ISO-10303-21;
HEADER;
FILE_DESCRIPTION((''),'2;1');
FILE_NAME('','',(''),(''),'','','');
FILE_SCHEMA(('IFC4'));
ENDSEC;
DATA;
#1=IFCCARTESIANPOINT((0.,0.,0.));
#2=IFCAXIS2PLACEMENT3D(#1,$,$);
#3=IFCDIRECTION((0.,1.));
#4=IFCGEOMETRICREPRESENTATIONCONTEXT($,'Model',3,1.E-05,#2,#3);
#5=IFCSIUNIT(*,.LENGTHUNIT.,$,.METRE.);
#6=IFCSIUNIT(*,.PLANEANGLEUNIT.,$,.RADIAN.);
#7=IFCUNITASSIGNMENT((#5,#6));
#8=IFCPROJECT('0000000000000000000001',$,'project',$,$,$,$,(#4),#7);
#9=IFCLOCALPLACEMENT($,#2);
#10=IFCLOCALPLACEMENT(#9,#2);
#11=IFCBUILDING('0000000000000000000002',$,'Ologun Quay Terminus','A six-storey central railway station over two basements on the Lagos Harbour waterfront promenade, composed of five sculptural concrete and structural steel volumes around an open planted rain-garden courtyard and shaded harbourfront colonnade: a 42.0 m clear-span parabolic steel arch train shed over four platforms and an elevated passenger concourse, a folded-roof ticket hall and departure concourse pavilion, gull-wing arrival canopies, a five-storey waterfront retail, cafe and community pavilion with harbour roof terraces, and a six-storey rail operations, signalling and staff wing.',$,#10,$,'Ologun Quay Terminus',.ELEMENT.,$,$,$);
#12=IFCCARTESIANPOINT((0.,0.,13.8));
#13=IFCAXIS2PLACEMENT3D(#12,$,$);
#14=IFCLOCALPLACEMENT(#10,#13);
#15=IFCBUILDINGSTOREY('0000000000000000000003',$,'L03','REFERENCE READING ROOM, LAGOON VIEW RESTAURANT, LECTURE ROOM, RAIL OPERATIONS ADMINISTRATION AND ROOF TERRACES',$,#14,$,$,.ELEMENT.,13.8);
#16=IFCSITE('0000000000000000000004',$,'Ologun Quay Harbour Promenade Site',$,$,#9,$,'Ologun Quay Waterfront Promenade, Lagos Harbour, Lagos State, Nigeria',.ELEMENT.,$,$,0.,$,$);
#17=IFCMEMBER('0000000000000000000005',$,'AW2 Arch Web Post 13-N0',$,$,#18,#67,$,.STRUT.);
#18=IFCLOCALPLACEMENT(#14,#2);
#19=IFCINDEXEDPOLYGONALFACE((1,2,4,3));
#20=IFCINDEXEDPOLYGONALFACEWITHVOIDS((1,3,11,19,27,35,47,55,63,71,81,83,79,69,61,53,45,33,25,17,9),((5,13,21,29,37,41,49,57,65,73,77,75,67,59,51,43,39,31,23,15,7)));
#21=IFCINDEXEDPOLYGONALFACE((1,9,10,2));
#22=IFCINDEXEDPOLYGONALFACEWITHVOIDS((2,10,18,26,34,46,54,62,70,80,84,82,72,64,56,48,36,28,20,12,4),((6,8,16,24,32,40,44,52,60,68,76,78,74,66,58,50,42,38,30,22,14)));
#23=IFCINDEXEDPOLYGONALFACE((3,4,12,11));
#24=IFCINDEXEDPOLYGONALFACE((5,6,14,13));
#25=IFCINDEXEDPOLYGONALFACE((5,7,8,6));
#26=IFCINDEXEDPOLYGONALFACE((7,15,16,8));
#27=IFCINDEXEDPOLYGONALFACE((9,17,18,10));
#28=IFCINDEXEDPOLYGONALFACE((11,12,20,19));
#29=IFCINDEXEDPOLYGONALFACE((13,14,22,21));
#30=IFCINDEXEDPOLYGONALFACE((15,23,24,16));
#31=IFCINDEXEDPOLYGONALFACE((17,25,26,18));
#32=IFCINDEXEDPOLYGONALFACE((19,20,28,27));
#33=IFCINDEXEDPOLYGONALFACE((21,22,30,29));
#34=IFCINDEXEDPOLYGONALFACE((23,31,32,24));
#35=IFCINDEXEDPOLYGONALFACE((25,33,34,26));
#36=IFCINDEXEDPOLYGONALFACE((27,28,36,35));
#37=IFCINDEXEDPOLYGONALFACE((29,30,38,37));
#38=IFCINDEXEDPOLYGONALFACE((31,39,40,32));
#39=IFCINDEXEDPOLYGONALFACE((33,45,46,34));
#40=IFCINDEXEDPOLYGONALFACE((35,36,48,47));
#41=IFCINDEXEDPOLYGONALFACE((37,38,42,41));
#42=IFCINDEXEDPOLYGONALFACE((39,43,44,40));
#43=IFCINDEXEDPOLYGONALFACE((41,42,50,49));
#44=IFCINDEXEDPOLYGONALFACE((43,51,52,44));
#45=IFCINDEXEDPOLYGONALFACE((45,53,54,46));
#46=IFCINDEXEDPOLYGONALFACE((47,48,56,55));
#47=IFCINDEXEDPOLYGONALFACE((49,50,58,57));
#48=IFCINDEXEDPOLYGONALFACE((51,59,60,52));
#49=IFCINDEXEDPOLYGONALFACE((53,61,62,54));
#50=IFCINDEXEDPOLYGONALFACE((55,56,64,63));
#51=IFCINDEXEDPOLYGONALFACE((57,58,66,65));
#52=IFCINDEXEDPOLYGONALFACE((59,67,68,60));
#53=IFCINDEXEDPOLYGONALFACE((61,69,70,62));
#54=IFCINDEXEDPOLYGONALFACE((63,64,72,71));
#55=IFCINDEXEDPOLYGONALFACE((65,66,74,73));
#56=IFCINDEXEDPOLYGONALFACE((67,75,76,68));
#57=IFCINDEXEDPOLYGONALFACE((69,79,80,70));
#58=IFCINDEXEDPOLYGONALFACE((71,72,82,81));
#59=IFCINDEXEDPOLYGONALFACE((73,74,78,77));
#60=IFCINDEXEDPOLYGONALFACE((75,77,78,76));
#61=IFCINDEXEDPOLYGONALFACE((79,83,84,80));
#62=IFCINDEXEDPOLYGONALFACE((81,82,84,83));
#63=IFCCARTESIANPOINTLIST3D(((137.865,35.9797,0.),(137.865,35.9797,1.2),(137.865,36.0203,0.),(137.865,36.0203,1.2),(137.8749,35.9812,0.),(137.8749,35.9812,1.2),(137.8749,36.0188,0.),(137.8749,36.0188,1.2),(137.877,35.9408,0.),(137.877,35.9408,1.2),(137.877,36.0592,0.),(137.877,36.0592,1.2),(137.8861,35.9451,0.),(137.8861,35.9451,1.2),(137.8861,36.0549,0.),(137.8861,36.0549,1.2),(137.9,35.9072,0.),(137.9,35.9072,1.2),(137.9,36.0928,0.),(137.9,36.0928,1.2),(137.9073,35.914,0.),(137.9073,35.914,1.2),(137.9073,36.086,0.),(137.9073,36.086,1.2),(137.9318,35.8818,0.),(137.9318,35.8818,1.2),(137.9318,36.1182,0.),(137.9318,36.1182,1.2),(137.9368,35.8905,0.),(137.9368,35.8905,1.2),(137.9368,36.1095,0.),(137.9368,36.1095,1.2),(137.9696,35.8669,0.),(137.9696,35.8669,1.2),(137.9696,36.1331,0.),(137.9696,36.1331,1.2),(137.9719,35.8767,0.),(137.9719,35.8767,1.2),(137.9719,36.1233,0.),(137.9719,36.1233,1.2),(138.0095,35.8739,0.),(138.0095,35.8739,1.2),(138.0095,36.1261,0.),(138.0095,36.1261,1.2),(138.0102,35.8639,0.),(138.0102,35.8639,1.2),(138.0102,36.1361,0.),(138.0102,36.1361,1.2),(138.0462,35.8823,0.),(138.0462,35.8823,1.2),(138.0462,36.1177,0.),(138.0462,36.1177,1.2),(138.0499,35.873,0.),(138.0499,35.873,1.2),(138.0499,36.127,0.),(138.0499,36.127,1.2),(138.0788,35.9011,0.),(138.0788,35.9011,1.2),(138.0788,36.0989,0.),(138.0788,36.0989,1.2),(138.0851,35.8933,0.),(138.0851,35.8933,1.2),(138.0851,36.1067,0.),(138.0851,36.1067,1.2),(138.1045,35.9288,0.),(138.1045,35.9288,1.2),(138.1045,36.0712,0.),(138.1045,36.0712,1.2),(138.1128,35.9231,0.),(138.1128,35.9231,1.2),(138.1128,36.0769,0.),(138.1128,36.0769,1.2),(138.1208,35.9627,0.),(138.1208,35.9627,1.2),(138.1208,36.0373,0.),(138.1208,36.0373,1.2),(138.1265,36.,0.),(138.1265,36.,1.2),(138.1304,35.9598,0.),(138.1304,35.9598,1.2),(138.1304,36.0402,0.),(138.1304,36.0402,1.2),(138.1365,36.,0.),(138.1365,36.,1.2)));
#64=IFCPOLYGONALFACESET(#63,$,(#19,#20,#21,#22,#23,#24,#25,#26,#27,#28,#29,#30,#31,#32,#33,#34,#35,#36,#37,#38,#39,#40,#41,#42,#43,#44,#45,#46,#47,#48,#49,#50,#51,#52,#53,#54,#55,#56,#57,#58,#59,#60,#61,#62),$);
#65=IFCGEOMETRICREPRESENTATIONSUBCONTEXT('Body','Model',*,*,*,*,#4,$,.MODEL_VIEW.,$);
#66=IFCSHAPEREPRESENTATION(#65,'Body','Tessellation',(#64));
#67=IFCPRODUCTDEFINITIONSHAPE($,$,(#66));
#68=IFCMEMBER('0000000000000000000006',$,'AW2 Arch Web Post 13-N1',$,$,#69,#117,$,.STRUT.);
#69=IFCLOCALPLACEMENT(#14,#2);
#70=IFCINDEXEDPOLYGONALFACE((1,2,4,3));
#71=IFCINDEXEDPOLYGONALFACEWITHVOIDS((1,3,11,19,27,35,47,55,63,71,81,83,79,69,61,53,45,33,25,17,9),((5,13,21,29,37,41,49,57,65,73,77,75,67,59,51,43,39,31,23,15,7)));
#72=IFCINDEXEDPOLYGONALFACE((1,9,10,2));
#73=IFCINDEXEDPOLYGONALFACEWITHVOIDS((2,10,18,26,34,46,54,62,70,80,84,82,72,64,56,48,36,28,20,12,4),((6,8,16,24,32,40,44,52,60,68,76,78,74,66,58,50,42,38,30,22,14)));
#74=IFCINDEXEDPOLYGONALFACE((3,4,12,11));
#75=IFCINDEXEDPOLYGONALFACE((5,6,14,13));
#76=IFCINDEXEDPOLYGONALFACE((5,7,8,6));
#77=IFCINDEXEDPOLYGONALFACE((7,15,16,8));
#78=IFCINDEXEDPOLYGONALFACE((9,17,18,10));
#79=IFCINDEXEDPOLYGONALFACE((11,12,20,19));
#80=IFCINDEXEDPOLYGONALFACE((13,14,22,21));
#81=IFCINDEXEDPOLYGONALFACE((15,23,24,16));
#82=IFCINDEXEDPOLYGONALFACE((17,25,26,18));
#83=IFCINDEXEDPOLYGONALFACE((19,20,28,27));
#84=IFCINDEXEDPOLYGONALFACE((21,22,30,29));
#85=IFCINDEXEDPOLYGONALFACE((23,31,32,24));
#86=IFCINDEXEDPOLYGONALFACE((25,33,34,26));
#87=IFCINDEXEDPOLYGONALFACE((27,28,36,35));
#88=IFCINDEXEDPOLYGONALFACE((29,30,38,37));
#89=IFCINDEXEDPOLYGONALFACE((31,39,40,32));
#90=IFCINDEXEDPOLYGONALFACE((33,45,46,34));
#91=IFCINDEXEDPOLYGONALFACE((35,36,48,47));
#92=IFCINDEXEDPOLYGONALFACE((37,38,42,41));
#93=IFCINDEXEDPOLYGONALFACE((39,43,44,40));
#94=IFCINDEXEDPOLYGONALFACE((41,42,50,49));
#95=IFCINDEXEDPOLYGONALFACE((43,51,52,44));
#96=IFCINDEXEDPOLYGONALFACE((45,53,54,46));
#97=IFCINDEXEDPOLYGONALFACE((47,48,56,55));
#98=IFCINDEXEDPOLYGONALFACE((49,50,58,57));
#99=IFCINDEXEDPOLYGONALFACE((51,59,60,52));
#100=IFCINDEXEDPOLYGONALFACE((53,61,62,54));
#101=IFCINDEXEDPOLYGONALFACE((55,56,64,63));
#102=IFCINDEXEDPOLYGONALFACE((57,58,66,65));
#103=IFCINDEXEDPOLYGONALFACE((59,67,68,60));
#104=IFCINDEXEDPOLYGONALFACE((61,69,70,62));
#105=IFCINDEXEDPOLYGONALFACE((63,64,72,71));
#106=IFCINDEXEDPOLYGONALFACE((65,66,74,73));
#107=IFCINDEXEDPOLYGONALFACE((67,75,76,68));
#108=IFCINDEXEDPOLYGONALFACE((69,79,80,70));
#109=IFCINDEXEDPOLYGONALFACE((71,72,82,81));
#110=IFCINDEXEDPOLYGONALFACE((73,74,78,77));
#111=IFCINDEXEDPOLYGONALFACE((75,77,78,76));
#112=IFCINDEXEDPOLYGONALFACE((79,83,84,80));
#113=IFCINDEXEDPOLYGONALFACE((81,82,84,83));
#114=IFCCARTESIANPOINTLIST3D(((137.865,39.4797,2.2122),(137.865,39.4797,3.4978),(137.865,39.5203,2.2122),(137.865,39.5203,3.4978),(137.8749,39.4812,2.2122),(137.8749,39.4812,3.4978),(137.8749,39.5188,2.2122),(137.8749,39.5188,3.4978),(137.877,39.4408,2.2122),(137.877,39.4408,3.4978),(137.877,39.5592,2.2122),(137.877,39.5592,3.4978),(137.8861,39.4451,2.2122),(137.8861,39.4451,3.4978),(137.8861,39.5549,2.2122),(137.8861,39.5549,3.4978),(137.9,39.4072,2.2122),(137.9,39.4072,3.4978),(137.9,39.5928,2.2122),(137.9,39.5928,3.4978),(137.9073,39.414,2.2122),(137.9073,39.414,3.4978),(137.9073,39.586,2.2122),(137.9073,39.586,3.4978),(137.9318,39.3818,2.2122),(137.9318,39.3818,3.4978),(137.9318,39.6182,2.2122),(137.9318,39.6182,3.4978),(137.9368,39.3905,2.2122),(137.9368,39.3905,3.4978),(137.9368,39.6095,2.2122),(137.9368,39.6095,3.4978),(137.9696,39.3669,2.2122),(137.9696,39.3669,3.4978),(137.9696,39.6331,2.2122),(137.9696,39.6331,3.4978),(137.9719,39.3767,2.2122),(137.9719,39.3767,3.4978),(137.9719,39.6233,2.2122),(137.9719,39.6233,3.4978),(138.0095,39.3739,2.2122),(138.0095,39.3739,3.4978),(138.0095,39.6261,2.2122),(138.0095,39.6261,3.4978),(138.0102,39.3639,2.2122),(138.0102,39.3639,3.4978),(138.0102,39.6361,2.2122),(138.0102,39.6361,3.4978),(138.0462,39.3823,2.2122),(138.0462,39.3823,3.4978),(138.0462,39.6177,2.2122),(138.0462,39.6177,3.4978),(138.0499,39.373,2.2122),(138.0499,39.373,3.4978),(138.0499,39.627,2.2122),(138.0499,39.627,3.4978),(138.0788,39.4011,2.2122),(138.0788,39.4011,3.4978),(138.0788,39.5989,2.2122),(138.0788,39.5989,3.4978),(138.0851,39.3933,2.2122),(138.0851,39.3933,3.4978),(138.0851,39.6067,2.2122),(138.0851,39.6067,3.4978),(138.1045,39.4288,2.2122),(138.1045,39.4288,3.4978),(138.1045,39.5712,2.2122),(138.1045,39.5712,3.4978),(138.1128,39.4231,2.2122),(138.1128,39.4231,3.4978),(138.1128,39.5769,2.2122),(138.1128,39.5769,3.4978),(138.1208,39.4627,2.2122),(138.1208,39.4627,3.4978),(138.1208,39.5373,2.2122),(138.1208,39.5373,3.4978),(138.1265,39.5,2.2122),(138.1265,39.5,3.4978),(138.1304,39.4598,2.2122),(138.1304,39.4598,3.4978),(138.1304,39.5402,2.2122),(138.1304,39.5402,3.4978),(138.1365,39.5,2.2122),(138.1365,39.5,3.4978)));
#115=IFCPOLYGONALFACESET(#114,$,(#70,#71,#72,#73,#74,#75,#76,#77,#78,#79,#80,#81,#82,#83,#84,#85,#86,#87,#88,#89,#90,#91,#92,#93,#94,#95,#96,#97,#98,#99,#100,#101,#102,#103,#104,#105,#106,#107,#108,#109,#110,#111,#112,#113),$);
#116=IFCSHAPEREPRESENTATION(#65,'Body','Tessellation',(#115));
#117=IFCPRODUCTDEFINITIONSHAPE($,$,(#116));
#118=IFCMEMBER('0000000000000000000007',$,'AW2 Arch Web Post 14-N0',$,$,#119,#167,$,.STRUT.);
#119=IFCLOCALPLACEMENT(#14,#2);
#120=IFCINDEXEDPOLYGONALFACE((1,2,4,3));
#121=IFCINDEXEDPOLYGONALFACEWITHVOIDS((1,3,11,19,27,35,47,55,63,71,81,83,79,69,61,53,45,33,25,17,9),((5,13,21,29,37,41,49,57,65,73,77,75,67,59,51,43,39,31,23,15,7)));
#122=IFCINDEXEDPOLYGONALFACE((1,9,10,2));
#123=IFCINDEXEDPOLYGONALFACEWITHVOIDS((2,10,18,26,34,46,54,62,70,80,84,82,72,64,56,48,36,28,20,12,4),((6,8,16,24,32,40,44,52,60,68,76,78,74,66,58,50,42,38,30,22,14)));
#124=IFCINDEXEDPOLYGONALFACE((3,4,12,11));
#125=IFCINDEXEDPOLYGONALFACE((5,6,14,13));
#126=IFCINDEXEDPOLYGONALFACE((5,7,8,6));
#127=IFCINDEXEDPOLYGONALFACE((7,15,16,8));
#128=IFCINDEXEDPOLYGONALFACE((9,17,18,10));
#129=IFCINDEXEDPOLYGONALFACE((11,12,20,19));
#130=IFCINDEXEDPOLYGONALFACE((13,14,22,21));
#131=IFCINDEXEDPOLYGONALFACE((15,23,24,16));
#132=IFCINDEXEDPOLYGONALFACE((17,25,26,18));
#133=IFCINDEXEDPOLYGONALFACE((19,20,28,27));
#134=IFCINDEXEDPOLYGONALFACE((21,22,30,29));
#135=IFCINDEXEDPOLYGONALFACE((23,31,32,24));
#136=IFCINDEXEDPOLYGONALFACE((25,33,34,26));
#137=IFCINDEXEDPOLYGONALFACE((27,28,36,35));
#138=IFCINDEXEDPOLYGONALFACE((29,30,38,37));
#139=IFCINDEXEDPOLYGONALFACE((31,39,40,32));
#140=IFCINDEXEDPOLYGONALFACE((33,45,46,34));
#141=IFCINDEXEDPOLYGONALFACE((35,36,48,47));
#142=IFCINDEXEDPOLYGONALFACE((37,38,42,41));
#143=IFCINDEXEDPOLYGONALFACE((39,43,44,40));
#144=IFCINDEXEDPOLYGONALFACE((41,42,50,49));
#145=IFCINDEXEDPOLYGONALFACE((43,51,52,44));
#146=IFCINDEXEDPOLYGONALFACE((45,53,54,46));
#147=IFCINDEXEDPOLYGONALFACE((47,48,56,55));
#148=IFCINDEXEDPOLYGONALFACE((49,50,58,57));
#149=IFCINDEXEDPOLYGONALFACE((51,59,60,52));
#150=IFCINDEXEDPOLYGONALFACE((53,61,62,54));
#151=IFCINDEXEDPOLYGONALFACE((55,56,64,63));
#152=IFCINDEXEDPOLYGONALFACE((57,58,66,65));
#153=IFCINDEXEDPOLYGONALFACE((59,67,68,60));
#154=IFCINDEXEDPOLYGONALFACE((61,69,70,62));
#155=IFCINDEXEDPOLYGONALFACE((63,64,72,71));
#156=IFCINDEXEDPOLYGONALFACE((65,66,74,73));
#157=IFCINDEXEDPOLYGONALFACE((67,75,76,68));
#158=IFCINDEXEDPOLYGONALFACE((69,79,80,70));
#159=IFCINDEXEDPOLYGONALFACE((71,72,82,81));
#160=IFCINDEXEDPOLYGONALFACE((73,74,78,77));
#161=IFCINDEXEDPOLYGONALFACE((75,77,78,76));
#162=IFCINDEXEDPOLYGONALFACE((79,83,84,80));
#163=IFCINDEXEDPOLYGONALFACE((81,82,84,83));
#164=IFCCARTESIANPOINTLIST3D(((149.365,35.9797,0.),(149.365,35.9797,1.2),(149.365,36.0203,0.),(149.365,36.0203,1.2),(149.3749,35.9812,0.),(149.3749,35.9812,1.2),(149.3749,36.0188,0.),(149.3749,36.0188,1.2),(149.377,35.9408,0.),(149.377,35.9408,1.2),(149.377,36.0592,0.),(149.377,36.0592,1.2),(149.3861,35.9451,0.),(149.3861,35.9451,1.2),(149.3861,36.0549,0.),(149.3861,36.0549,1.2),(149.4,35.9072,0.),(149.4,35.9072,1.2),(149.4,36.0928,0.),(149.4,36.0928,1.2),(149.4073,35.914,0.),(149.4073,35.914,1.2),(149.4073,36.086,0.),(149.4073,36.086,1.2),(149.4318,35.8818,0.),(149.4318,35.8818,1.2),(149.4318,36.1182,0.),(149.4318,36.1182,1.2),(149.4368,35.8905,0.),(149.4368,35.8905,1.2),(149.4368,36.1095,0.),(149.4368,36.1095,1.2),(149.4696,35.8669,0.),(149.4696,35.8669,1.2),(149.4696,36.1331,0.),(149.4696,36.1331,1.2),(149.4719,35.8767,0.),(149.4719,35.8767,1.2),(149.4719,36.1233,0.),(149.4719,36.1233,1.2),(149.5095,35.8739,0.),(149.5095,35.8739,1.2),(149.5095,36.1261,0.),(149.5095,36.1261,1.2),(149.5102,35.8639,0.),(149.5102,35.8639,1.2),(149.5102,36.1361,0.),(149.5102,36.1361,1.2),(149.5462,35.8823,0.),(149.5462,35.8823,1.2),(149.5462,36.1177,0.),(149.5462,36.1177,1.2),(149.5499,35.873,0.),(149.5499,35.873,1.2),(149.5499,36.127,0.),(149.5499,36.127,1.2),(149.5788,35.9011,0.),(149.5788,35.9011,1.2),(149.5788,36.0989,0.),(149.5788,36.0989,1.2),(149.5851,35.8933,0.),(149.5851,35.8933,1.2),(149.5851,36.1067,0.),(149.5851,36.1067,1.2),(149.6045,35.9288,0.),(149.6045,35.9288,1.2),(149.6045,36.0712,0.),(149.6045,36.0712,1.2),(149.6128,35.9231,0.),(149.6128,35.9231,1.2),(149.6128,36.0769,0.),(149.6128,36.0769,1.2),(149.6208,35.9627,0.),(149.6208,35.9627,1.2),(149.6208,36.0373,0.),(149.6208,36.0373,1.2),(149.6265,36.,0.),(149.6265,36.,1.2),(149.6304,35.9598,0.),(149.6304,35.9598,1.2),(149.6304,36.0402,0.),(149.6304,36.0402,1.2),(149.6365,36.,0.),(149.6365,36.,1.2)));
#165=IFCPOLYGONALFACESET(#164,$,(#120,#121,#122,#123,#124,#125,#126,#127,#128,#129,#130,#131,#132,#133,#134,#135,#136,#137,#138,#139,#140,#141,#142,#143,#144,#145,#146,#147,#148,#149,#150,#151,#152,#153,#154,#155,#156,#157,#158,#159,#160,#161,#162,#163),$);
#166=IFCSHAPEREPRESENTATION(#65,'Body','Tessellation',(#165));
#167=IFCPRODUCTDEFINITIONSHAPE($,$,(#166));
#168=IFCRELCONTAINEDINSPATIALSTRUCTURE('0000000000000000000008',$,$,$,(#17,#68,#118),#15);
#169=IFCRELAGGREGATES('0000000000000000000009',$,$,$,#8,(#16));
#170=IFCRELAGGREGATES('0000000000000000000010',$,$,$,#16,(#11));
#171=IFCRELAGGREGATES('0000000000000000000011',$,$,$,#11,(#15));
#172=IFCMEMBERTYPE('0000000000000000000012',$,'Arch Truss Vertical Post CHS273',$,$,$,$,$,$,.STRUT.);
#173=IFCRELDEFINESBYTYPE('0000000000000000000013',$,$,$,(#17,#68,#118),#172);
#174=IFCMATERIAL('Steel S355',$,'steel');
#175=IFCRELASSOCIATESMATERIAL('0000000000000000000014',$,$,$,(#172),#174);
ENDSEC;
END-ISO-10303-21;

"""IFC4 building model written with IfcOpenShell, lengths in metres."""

from ifc_helpers import new_model, si_unit, direction, frame, origin, origin_2d, place, context, subcontext, project, spatial, hollow_circle, extrude, material, material_profile, profile_set, type_object, element, save


model = new_model("IFC4")

# Units and contexts
model_context = context("Model", 3, precision=1e-05, world=origin(), true_north=direction((0.0, 1.0)))
body_context = subcontext(model_context, "Body", "Model", "MODEL_VIEW")
ifc_project = project(units=[si_unit("LENGTHUNIT", "METRE"), si_unit("PLANEANGLEUNIT", "RADIAN")], contexts=[model_context])

# Site, building, storey
site_placement = place(None, origin())
site = spatial("IfcSite", under=ifc_project, at=site_placement, Name="Ologun Quay Harbour Promenade Site", LongName="Ologun Quay Waterfront Promenade, Lagos Harbour, Lagos State, Nigeria", CompositionType="ELEMENT", RefElevation=0.0)
building_placement = place(site_placement, origin())
building = spatial("IfcBuilding", under=site, at=building_placement, Name="Ologun Quay Terminus", Description="A six-storey central railway station over two basements on the Lagos Harbour waterfront promenade, composed of five sculptural concrete and structural steel volumes around an open planted rain-garden courtyard and shaded harbourfront colonnade: a 42.0 m clear-span parabolic steel arch train shed over four platforms and an elevated passenger concourse, a folded-roof ticket hall and departure concourse pavilion, gull-wing arrival canopies, a five-storey waterfront retail, cafe and community pavilion with harbour roof terraces, and a six-storey rail operations, signalling and staff wing.", LongName="Ologun Quay Terminus", CompositionType="ELEMENT")
storey_placement = place(building_placement, frame((0.0, 0.0, 13.8)))
storey = spatial("IfcBuildingStorey", under=building, at=storey_placement, Name="L03", Description="REFERENCE READING ROOM, LAGOON VIEW RESTAURANT, LECTURE ROOM, RAIL OPERATIONS ADMINISTRATION AND ROOF TERRACES", CompositionType="ELEMENT", Elevation=13.8)

# Members
ifc_material_1 = material(Name="Steel S355", Category="steel")
ifc_material_profile_1 = material_profile(ifc_material_1, hollow_circle(Radius=0.1365, WallThickness=0.01, at=origin_2d()), Name="CHS 273x10")
ifc_profile_set_1 = profile_set([ifc_material_profile_1], Name="Steel S355")
member_type_1 = type_object("IfcMemberType", Name="Arch Truss Vertical Post CHS273", PredefinedType="STRUT", material=ifc_profile_set_1)
member_1_placement = place(storey_placement, frame((138.0, 36.0, 0.0), z_axis=(0.0, 0.0, 1.0), x_axis=(1.0, 0.0, 0.0)))
element("IfcMember", 1, at=member_1_placement, inside=storey, type_object=member_type_1, Name="AW2 Arch Web Post 13-N0", PredefinedType="STRUT", context=body_context, shape_type="SweptSolid", body=[
    extrude(hollow_circle(Radius=0.1365, WallThickness=0.01, at=origin_2d()), origin(), (0.0, 0.0, 1.0), 1.2),
])
member_2_placement = place(storey_placement, frame((138.0, 39.5, 2.2122), z_axis=(0.0, 0.0, 1.0), x_axis=(1.0, 0.0, 0.0)))
element("IfcMember", 2, at=member_2_placement, inside=storey, type_object=member_type_1, Name="AW2 Arch Web Post 13-N1", PredefinedType="STRUT", context=body_context, shape_type="SweptSolid", body=[
    extrude(hollow_circle(Radius=0.1365, WallThickness=0.01, at=origin_2d()), origin(), (0.0, 0.0, 1.0), 1.2856),
])
member_3_placement = place(storey_placement, frame((149.5, 36.0, 0.0), z_axis=(0.0, 0.0, 1.0), x_axis=(1.0, 0.0, 0.0)))
element("IfcMember", 3, at=member_3_placement, inside=storey, type_object=member_type_1, Name="AW2 Arch Web Post 14-N0", PredefinedType="STRUT", context=body_context, shape_type="SweptSolid", body=[
    extrude(hollow_circle(Radius=0.1365, WallThickness=0.01, at=origin_2d()), origin(), (0.0, 0.0, 1.0), 1.2),
])

save(model, "model.ifc")
